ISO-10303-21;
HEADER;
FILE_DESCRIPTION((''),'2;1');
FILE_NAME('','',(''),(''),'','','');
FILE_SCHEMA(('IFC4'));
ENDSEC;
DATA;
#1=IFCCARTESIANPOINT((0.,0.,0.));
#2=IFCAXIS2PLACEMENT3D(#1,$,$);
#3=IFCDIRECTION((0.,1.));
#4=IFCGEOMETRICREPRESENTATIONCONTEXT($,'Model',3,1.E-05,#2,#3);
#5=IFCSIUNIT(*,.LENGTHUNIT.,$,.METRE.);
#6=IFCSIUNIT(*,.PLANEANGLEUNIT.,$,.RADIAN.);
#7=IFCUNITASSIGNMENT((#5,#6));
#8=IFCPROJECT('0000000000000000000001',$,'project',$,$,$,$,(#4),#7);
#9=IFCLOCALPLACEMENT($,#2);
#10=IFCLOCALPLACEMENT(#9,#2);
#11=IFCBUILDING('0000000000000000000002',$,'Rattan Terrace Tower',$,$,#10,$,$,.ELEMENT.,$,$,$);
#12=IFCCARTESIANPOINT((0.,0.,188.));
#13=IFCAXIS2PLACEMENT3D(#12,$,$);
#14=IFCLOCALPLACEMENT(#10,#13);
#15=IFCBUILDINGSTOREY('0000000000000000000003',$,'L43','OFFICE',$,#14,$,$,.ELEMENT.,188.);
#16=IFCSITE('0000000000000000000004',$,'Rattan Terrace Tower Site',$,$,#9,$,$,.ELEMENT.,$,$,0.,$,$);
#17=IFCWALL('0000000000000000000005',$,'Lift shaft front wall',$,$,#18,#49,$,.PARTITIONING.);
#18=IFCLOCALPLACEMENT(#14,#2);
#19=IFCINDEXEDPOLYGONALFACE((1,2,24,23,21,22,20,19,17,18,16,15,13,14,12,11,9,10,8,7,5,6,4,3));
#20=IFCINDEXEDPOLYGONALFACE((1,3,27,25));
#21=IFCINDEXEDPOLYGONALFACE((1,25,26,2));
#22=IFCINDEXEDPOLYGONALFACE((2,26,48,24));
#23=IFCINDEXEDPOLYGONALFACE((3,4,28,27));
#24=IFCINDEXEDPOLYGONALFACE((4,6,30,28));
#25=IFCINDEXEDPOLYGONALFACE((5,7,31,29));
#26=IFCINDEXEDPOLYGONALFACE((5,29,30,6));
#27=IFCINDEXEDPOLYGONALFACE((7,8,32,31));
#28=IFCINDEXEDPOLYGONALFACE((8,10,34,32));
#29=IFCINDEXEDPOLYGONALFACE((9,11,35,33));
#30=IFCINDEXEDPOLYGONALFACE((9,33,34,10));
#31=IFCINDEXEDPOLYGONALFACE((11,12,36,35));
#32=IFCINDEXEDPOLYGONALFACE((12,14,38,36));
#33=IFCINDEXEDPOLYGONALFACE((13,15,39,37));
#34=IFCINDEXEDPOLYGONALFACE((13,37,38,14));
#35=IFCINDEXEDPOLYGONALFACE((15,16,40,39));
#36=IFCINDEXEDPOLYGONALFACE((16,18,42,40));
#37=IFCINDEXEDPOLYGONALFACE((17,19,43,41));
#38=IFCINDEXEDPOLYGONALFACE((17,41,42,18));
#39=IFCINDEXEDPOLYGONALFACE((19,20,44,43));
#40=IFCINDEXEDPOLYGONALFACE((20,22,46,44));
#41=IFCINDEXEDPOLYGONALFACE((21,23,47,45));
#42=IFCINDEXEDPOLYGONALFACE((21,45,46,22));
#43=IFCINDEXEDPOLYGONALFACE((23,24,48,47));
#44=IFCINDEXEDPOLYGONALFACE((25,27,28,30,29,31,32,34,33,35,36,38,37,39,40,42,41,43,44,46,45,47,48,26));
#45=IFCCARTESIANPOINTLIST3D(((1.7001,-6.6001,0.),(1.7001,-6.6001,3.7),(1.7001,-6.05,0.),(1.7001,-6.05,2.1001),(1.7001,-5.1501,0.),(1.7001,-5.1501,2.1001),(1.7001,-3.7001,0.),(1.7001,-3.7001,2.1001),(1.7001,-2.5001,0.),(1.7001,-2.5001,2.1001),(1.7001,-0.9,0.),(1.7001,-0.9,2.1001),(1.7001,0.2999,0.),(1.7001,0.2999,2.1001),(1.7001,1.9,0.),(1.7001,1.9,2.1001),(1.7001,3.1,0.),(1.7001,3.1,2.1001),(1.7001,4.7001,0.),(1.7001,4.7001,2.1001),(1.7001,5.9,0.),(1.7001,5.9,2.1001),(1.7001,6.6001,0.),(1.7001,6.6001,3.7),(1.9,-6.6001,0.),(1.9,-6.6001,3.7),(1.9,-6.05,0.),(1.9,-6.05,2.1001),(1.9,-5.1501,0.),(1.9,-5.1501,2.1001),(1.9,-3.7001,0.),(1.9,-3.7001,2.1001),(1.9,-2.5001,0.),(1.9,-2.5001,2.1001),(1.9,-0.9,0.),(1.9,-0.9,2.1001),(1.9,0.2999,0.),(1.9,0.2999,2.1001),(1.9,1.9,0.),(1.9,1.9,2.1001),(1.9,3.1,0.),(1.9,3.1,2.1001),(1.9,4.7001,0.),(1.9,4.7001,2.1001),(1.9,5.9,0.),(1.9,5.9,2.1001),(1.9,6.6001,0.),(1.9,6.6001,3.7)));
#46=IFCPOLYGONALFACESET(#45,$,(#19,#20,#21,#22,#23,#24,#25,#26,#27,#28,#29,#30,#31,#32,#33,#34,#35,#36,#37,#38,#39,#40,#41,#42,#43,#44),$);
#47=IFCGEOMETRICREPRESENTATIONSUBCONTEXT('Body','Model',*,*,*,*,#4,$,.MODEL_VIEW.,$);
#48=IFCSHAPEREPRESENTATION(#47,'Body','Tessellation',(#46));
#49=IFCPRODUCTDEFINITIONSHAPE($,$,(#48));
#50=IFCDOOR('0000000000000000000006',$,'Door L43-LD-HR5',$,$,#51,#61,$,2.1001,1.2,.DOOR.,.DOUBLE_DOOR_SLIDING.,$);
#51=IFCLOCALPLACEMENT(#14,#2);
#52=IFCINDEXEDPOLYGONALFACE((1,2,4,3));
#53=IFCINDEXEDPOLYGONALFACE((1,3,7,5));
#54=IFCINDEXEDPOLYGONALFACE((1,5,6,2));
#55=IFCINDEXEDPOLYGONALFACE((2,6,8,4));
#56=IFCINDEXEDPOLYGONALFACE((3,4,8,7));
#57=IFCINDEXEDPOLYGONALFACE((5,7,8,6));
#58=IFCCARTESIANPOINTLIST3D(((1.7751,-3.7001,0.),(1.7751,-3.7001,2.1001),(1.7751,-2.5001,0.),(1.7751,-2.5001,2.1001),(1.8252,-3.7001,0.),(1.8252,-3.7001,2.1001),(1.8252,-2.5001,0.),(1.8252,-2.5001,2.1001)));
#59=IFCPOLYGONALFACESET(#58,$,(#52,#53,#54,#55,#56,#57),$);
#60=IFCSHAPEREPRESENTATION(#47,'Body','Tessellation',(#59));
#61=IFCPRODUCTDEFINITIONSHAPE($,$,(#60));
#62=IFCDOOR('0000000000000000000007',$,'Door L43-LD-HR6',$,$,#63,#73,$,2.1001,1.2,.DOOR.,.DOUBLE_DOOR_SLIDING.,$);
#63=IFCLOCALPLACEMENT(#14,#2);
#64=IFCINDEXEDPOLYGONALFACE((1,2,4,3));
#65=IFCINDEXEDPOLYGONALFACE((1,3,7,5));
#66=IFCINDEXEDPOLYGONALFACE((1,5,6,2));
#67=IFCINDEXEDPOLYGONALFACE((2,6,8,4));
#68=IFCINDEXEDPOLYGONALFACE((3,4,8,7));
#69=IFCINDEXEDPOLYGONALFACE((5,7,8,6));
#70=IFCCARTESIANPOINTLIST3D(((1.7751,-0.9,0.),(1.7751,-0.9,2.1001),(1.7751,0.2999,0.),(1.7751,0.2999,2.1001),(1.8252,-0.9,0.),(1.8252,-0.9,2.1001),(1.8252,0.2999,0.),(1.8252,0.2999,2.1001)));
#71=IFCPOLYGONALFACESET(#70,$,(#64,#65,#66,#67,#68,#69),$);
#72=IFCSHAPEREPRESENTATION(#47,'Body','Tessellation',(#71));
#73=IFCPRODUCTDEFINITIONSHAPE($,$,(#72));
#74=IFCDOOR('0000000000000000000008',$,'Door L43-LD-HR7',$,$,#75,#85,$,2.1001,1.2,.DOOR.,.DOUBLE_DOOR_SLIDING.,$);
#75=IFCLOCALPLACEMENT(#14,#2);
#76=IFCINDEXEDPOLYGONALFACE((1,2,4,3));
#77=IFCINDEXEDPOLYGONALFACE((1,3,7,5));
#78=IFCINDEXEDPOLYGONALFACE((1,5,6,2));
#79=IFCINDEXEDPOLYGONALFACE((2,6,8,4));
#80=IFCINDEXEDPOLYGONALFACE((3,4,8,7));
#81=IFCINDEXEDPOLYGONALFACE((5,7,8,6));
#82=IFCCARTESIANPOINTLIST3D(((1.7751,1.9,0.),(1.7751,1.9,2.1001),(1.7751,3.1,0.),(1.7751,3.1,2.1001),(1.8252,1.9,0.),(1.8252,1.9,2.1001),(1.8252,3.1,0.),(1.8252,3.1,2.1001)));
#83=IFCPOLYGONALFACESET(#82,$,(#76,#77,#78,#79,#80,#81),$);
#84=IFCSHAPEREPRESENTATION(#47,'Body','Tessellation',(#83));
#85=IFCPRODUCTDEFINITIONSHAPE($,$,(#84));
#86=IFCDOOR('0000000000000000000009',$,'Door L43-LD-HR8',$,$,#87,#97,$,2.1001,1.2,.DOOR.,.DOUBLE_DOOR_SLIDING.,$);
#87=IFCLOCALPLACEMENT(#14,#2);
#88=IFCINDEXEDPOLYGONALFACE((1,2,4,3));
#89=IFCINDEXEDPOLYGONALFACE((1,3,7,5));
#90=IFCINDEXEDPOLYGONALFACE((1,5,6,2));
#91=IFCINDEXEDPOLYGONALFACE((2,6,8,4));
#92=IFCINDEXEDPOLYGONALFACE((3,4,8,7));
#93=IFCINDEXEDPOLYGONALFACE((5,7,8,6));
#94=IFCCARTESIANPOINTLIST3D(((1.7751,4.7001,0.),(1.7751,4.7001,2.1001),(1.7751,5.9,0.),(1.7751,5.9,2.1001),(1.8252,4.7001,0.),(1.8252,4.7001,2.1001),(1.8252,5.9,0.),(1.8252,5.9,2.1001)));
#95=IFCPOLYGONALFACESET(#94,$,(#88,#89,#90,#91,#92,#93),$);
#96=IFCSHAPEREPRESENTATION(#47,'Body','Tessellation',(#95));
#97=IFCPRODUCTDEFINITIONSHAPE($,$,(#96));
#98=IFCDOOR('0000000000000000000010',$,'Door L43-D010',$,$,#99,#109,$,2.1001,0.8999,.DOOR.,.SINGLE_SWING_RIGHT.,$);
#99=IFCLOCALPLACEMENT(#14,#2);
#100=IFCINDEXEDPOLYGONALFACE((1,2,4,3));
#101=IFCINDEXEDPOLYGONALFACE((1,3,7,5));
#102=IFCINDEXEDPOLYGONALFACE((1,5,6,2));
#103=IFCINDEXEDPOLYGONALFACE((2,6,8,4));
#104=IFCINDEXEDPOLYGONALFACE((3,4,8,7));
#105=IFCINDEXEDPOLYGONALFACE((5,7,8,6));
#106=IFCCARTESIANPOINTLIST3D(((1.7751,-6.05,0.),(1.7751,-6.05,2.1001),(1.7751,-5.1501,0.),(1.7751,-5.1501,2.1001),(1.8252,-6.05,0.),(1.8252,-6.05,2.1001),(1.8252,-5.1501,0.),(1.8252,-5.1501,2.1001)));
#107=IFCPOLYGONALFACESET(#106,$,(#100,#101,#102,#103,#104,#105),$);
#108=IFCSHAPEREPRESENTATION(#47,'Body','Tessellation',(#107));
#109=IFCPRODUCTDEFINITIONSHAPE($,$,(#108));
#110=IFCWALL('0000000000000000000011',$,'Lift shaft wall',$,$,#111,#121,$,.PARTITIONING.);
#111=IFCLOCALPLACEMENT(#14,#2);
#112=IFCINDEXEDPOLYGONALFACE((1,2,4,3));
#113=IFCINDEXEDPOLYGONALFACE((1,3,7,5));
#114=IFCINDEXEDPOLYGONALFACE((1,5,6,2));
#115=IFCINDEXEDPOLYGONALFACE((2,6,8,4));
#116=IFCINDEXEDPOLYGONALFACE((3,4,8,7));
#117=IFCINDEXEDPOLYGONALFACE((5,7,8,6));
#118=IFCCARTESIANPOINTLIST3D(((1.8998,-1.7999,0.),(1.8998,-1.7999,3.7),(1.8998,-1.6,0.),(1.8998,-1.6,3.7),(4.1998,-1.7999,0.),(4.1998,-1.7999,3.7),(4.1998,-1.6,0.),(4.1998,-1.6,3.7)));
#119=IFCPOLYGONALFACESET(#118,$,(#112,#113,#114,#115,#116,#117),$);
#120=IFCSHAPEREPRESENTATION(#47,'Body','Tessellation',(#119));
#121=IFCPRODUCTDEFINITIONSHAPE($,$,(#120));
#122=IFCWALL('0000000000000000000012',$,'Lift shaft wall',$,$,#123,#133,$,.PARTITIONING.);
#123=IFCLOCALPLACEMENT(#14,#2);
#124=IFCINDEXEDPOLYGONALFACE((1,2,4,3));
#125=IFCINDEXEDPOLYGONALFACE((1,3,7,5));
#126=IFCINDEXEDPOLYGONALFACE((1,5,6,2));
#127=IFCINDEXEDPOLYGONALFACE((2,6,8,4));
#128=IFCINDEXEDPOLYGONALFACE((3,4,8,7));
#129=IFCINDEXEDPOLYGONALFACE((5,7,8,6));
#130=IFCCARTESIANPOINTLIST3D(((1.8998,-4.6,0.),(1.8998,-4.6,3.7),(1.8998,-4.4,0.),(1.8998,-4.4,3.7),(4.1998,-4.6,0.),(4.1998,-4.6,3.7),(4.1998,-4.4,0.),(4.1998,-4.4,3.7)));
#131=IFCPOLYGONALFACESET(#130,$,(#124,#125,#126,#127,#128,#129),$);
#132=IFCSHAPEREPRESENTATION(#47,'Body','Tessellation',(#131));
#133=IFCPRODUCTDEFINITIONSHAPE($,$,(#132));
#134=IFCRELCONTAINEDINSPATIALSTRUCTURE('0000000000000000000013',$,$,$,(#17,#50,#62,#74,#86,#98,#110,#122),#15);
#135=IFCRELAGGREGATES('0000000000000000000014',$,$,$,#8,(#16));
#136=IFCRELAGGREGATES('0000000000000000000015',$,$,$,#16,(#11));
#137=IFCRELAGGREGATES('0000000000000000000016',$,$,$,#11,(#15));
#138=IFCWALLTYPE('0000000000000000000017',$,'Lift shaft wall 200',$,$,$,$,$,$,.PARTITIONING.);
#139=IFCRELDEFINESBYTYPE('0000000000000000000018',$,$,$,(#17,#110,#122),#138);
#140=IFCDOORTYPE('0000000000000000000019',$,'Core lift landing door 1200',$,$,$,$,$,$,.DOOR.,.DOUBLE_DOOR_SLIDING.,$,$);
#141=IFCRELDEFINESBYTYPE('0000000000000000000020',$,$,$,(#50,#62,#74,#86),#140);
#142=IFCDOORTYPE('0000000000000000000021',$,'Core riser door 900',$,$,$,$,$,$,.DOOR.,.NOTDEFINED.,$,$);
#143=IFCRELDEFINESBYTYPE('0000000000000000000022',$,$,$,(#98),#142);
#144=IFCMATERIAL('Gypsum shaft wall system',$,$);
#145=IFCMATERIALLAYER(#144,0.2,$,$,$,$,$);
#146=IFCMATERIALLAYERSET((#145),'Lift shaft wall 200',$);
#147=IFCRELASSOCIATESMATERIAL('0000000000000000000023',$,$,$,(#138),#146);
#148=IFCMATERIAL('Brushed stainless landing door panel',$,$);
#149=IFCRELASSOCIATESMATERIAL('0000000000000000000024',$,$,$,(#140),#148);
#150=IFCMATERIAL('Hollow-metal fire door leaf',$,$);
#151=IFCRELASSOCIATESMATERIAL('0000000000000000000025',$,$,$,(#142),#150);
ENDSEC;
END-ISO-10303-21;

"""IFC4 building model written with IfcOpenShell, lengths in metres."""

from ifc_helpers import new_model, si_unit, direction, frame, frame_2d, origin, place, context, subcontext, project, spatial, rectangle, extrude, material, layer, layer_set, type_object, element, fill, save


model = new_model("IFC4")

# Units and contexts
model_context = context("Model", 3, precision=1e-05, world=origin(), true_north=direction((0.0, 1.0)))
body_context = subcontext(model_context, "Body", "Model", "MODEL_VIEW")
ifc_project = project(units=[si_unit("LENGTHUNIT", "METRE"), si_unit("PLANEANGLEUNIT", "RADIAN")], contexts=[model_context])

# Site, building, storey
site_placement = place(None, origin())
site = spatial("IfcSite", under=ifc_project, at=site_placement, Name="Rattan Terrace Tower Site", CompositionType="ELEMENT", RefElevation=0.0)
building_placement = place(site_placement, origin())
building = spatial("IfcBuilding", under=site, at=building_placement, Name="Rattan Terrace Tower", CompositionType="ELEMENT")
storey_placement = place(building_placement, frame((0.0, 0.0, 188.0)))
storey = spatial("IfcBuildingStorey", under=building, at=storey_placement, Name="L43", Description="OFFICE", CompositionType="ELEMENT", Elevation=188.0)

# Wall, openings, doors
ifc_material_1 = material(Name="Gypsum shaft wall system")
ifc_layer_1 = layer(ifc_material_1, 0.2)
ifc_layer_set_1 = layer_set([ifc_layer_1], Name="Lift shaft wall 200")
wall_type_1 = type_object("IfcWallType", Name="Lift shaft wall 200", PredefinedType="PARTITIONING", material=ifc_layer_set_1)
wall_1_placement = place(storey_placement, frame((1.8, -6.6001, 0.0), z_axis=(0.0, 0.0, 1.0), x_axis=(0.0, 1.0, 0.0)))
wall_1 = element("IfcWall", 1, at=wall_1_placement, inside=storey, type_object=wall_type_1, Name="Lift shaft front wall", PredefinedType="PARTITIONING", context=body_context, shape_type="SweptSolid", body=[
    extrude(rectangle(XDim=13.2002, YDim=0.2, at=frame_2d((6.6001, 0.0))), origin(), (0.0, 0.0, 1.0), 3.7),
])
opening_1_placement = place(wall_1_placement, frame((0.55, 0.0, 0.0)))
opening_1 = element("IfcOpeningElement", 2, at=opening_1_placement, cuts=wall_1, PredefinedType="OPENING", context=body_context, shape_type="SweptSolid", body=[
    extrude(rectangle(XDim=0.8999, YDim=2.1001, at=frame_2d((0.45, 1.05))), frame((0.0, 0.1106, 0.0), z_axis=(0.0, -1.0, 0.0), x_axis=(1.0, 0.0, 0.0)), (0.0, 0.0, 1.0), 0.2209),
])
opening_2_placement = place(wall_1_placement, frame((2.8999, 0.0, 0.0)))
opening_2 = element("IfcOpeningElement", 3, at=opening_2_placement, cuts=wall_1, PredefinedType="OPENING", context=body_context, shape_type="SweptSolid", body=[
    extrude(rectangle(XDim=1.2, YDim=2.1001, at=frame_2d((0.6001, 1.05))), frame((0.0, 0.1106, 0.0), z_axis=(0.0, -1.0, 0.0), x_axis=(1.0, 0.0, 0.0)), (0.0, 0.0, 1.0), 0.2209),
])
opening_3_placement = place(wall_1_placement, frame((5.7, 0.0, 0.0)))
opening_3 = element("IfcOpeningElement", 4, at=opening_3_placement, cuts=wall_1, PredefinedType="OPENING", context=body_context, shape_type="SweptSolid", body=[
    extrude(rectangle(XDim=1.2, YDim=2.1001, at=frame_2d((0.6001, 1.05))), frame((0.0, 0.1106, 0.0), z_axis=(0.0, -1.0, 0.0), x_axis=(1.0, 0.0, 0.0)), (0.0, 0.0, 1.0), 0.2209),
])
opening_4_placement = place(wall_1_placement, frame((8.5, 0.0, 0.0)))
opening_4 = element("IfcOpeningElement", 5, at=opening_4_placement, cuts=wall_1, PredefinedType="OPENING", context=body_context, shape_type="SweptSolid", body=[
    extrude(rectangle(XDim=1.2, YDim=2.1001, at=frame_2d((0.6001, 1.05))), frame((0.0, 0.1106, 0.0), z_axis=(0.0, -1.0, 0.0), x_axis=(1.0, 0.0, 0.0)), (0.0, 0.0, 1.0), 0.2209),
])
opening_5_placement = place(wall_1_placement, frame((11.3, 0.0, 0.0)))
opening_5 = element("IfcOpeningElement", 6, at=opening_5_placement, cuts=wall_1, PredefinedType="OPENING", context=body_context, shape_type="SweptSolid", body=[
    extrude(rectangle(XDim=1.2, YDim=2.1001, at=frame_2d((0.6001, 1.05))), frame((0.0, 0.1106, 0.0), z_axis=(0.0, -1.0, 0.0), x_axis=(1.0, 0.0, 0.0)), (0.0, 0.0, 1.0), 0.2209),
])
ifc_material_2 = material(Name="Brushed stainless landing door panel")
door_type_1 = type_object("IfcDoorType", Name="Core lift landing door 1200", OperationType="DOUBLE_DOOR_SLIDING", PredefinedType="DOOR", material=ifc_material_2)
door_1_placement = place(opening_2_placement, origin())
door_1 = element("IfcDoor", 7, at=door_1_placement, inside=storey, type_object=door_type_1, Name="Door L43-LD-HR5", OperationType="DOUBLE_DOOR_SLIDING", OverallHeight=2.1001, OverallWidth=1.2, PredefinedType="DOOR", context=body_context, shape_type="SweptSolid", body=[
    extrude(rectangle(XDim=1.2, YDim=2.1001, at=frame_2d((0.6001, 1.05))), frame((0.0, 0.0249, 0.0), z_axis=(0.0, -1.0, 0.0), x_axis=(1.0, 0.0, 0.0)), (0.0, 0.0, 1.0), 0.05),
])
fill(opening_2, door_1)
door_2_placement = place(opening_3_placement, origin())
door_2 = element("IfcDoor", 8, at=door_2_placement, inside=storey, type_object=door_type_1, Name="Door L43-LD-HR6", OperationType="DOUBLE_DOOR_SLIDING", OverallHeight=2.1001, OverallWidth=1.2, PredefinedType="DOOR", context=body_context, shape_type="SweptSolid", body=[
    extrude(rectangle(XDim=1.2, YDim=2.1001, at=frame_2d((0.6001, 1.05))), frame((0.0, 0.0249, 0.0), z_axis=(0.0, -1.0, 0.0), x_axis=(1.0, 0.0, 0.0)), (0.0, 0.0, 1.0), 0.05),
])
fill(opening_3, door_2)
door_3_placement = place(opening_4_placement, origin())
door_3 = element("IfcDoor", 9, at=door_3_placement, inside=storey, type_object=door_type_1, Name="Door L43-LD-HR7", OperationType="DOUBLE_DOOR_SLIDING", OverallHeight=2.1001, OverallWidth=1.2, PredefinedType="DOOR", context=body_context, shape_type="SweptSolid", body=[
    extrude(rectangle(XDim=1.2, YDim=2.1001, at=frame_2d((0.6001, 1.05))), frame((0.0, 0.0249, 0.0), z_axis=(0.0, -1.0, 0.0), x_axis=(1.0, 0.0, 0.0)), (0.0, 0.0, 1.0), 0.05),
])
fill(opening_4, door_3)
door_4_placement = place(opening_5_placement, origin())
door_4 = element("IfcDoor", 10, at=door_4_placement, inside=storey, type_object=door_type_1, Name="Door L43-LD-HR8", OperationType="DOUBLE_DOOR_SLIDING", OverallHeight=2.1001, OverallWidth=1.2, PredefinedType="DOOR", context=body_context, shape_type="SweptSolid", body=[
    extrude(rectangle(XDim=1.2, YDim=2.1001, at=frame_2d((0.6001, 1.05))), frame((0.0, 0.0249, 0.0), z_axis=(0.0, -1.0, 0.0), x_axis=(1.0, 0.0, 0.0)), (0.0, 0.0, 1.0), 0.05),
])
fill(opening_5, door_4)
ifc_material_3 = material(Name="Hollow-metal fire door leaf")
door_type_2 = type_object("IfcDoorType", Name="Core riser door 900", OperationType="NOTDEFINED", PredefinedType="DOOR", material=ifc_material_3)
door_5_placement = place(opening_1_placement, origin())
door_5 = element("IfcDoor", 11, at=door_5_placement, inside=storey, type_object=door_type_2, Name="Door L43-D010", OperationType="SINGLE_SWING_RIGHT", OverallHeight=2.1001, OverallWidth=0.8999, PredefinedType="DOOR", context=body_context, shape_type="SweptSolid", body=[
    extrude(rectangle(XDim=0.8999, YDim=2.1001, at=frame_2d((0.45, 1.05))), frame((0.0, 0.0249, 0.0), z_axis=(0.0, -1.0, 0.0), x_axis=(1.0, 0.0, 0.0)), (0.0, 0.0, 1.0), 0.05),
])
fill(opening_1, door_5)

# Walls
for number, where, z_axis, x_axis, name in (
    (12, (1.8999, -1.7, 0.0), (0.0, 0.0, 1.0), (1.0, 0.0, 0.0), "Lift shaft wall"),
    (13, (1.8999, -4.5, 0.0), (0.0, 0.0, 1.0), (1.0, 0.0, 0.0), "Lift shaft wall"),
):
    element("IfcWall", number, at=place(storey_placement, frame(where, z_axis=z_axis, x_axis=x_axis)), inside=storey, type_object=wall_type_1, Name=name, PredefinedType="PARTITIONING", context=body_context, shape_type="SweptSolid", body=[
        extrude(rectangle(XDim=2.3, YDim=0.2, at=frame_2d((1.1499, 0.0))), origin(), (0.0, 0.0, 1.0), 3.7),
    ])

save(model, "model.ifc")
